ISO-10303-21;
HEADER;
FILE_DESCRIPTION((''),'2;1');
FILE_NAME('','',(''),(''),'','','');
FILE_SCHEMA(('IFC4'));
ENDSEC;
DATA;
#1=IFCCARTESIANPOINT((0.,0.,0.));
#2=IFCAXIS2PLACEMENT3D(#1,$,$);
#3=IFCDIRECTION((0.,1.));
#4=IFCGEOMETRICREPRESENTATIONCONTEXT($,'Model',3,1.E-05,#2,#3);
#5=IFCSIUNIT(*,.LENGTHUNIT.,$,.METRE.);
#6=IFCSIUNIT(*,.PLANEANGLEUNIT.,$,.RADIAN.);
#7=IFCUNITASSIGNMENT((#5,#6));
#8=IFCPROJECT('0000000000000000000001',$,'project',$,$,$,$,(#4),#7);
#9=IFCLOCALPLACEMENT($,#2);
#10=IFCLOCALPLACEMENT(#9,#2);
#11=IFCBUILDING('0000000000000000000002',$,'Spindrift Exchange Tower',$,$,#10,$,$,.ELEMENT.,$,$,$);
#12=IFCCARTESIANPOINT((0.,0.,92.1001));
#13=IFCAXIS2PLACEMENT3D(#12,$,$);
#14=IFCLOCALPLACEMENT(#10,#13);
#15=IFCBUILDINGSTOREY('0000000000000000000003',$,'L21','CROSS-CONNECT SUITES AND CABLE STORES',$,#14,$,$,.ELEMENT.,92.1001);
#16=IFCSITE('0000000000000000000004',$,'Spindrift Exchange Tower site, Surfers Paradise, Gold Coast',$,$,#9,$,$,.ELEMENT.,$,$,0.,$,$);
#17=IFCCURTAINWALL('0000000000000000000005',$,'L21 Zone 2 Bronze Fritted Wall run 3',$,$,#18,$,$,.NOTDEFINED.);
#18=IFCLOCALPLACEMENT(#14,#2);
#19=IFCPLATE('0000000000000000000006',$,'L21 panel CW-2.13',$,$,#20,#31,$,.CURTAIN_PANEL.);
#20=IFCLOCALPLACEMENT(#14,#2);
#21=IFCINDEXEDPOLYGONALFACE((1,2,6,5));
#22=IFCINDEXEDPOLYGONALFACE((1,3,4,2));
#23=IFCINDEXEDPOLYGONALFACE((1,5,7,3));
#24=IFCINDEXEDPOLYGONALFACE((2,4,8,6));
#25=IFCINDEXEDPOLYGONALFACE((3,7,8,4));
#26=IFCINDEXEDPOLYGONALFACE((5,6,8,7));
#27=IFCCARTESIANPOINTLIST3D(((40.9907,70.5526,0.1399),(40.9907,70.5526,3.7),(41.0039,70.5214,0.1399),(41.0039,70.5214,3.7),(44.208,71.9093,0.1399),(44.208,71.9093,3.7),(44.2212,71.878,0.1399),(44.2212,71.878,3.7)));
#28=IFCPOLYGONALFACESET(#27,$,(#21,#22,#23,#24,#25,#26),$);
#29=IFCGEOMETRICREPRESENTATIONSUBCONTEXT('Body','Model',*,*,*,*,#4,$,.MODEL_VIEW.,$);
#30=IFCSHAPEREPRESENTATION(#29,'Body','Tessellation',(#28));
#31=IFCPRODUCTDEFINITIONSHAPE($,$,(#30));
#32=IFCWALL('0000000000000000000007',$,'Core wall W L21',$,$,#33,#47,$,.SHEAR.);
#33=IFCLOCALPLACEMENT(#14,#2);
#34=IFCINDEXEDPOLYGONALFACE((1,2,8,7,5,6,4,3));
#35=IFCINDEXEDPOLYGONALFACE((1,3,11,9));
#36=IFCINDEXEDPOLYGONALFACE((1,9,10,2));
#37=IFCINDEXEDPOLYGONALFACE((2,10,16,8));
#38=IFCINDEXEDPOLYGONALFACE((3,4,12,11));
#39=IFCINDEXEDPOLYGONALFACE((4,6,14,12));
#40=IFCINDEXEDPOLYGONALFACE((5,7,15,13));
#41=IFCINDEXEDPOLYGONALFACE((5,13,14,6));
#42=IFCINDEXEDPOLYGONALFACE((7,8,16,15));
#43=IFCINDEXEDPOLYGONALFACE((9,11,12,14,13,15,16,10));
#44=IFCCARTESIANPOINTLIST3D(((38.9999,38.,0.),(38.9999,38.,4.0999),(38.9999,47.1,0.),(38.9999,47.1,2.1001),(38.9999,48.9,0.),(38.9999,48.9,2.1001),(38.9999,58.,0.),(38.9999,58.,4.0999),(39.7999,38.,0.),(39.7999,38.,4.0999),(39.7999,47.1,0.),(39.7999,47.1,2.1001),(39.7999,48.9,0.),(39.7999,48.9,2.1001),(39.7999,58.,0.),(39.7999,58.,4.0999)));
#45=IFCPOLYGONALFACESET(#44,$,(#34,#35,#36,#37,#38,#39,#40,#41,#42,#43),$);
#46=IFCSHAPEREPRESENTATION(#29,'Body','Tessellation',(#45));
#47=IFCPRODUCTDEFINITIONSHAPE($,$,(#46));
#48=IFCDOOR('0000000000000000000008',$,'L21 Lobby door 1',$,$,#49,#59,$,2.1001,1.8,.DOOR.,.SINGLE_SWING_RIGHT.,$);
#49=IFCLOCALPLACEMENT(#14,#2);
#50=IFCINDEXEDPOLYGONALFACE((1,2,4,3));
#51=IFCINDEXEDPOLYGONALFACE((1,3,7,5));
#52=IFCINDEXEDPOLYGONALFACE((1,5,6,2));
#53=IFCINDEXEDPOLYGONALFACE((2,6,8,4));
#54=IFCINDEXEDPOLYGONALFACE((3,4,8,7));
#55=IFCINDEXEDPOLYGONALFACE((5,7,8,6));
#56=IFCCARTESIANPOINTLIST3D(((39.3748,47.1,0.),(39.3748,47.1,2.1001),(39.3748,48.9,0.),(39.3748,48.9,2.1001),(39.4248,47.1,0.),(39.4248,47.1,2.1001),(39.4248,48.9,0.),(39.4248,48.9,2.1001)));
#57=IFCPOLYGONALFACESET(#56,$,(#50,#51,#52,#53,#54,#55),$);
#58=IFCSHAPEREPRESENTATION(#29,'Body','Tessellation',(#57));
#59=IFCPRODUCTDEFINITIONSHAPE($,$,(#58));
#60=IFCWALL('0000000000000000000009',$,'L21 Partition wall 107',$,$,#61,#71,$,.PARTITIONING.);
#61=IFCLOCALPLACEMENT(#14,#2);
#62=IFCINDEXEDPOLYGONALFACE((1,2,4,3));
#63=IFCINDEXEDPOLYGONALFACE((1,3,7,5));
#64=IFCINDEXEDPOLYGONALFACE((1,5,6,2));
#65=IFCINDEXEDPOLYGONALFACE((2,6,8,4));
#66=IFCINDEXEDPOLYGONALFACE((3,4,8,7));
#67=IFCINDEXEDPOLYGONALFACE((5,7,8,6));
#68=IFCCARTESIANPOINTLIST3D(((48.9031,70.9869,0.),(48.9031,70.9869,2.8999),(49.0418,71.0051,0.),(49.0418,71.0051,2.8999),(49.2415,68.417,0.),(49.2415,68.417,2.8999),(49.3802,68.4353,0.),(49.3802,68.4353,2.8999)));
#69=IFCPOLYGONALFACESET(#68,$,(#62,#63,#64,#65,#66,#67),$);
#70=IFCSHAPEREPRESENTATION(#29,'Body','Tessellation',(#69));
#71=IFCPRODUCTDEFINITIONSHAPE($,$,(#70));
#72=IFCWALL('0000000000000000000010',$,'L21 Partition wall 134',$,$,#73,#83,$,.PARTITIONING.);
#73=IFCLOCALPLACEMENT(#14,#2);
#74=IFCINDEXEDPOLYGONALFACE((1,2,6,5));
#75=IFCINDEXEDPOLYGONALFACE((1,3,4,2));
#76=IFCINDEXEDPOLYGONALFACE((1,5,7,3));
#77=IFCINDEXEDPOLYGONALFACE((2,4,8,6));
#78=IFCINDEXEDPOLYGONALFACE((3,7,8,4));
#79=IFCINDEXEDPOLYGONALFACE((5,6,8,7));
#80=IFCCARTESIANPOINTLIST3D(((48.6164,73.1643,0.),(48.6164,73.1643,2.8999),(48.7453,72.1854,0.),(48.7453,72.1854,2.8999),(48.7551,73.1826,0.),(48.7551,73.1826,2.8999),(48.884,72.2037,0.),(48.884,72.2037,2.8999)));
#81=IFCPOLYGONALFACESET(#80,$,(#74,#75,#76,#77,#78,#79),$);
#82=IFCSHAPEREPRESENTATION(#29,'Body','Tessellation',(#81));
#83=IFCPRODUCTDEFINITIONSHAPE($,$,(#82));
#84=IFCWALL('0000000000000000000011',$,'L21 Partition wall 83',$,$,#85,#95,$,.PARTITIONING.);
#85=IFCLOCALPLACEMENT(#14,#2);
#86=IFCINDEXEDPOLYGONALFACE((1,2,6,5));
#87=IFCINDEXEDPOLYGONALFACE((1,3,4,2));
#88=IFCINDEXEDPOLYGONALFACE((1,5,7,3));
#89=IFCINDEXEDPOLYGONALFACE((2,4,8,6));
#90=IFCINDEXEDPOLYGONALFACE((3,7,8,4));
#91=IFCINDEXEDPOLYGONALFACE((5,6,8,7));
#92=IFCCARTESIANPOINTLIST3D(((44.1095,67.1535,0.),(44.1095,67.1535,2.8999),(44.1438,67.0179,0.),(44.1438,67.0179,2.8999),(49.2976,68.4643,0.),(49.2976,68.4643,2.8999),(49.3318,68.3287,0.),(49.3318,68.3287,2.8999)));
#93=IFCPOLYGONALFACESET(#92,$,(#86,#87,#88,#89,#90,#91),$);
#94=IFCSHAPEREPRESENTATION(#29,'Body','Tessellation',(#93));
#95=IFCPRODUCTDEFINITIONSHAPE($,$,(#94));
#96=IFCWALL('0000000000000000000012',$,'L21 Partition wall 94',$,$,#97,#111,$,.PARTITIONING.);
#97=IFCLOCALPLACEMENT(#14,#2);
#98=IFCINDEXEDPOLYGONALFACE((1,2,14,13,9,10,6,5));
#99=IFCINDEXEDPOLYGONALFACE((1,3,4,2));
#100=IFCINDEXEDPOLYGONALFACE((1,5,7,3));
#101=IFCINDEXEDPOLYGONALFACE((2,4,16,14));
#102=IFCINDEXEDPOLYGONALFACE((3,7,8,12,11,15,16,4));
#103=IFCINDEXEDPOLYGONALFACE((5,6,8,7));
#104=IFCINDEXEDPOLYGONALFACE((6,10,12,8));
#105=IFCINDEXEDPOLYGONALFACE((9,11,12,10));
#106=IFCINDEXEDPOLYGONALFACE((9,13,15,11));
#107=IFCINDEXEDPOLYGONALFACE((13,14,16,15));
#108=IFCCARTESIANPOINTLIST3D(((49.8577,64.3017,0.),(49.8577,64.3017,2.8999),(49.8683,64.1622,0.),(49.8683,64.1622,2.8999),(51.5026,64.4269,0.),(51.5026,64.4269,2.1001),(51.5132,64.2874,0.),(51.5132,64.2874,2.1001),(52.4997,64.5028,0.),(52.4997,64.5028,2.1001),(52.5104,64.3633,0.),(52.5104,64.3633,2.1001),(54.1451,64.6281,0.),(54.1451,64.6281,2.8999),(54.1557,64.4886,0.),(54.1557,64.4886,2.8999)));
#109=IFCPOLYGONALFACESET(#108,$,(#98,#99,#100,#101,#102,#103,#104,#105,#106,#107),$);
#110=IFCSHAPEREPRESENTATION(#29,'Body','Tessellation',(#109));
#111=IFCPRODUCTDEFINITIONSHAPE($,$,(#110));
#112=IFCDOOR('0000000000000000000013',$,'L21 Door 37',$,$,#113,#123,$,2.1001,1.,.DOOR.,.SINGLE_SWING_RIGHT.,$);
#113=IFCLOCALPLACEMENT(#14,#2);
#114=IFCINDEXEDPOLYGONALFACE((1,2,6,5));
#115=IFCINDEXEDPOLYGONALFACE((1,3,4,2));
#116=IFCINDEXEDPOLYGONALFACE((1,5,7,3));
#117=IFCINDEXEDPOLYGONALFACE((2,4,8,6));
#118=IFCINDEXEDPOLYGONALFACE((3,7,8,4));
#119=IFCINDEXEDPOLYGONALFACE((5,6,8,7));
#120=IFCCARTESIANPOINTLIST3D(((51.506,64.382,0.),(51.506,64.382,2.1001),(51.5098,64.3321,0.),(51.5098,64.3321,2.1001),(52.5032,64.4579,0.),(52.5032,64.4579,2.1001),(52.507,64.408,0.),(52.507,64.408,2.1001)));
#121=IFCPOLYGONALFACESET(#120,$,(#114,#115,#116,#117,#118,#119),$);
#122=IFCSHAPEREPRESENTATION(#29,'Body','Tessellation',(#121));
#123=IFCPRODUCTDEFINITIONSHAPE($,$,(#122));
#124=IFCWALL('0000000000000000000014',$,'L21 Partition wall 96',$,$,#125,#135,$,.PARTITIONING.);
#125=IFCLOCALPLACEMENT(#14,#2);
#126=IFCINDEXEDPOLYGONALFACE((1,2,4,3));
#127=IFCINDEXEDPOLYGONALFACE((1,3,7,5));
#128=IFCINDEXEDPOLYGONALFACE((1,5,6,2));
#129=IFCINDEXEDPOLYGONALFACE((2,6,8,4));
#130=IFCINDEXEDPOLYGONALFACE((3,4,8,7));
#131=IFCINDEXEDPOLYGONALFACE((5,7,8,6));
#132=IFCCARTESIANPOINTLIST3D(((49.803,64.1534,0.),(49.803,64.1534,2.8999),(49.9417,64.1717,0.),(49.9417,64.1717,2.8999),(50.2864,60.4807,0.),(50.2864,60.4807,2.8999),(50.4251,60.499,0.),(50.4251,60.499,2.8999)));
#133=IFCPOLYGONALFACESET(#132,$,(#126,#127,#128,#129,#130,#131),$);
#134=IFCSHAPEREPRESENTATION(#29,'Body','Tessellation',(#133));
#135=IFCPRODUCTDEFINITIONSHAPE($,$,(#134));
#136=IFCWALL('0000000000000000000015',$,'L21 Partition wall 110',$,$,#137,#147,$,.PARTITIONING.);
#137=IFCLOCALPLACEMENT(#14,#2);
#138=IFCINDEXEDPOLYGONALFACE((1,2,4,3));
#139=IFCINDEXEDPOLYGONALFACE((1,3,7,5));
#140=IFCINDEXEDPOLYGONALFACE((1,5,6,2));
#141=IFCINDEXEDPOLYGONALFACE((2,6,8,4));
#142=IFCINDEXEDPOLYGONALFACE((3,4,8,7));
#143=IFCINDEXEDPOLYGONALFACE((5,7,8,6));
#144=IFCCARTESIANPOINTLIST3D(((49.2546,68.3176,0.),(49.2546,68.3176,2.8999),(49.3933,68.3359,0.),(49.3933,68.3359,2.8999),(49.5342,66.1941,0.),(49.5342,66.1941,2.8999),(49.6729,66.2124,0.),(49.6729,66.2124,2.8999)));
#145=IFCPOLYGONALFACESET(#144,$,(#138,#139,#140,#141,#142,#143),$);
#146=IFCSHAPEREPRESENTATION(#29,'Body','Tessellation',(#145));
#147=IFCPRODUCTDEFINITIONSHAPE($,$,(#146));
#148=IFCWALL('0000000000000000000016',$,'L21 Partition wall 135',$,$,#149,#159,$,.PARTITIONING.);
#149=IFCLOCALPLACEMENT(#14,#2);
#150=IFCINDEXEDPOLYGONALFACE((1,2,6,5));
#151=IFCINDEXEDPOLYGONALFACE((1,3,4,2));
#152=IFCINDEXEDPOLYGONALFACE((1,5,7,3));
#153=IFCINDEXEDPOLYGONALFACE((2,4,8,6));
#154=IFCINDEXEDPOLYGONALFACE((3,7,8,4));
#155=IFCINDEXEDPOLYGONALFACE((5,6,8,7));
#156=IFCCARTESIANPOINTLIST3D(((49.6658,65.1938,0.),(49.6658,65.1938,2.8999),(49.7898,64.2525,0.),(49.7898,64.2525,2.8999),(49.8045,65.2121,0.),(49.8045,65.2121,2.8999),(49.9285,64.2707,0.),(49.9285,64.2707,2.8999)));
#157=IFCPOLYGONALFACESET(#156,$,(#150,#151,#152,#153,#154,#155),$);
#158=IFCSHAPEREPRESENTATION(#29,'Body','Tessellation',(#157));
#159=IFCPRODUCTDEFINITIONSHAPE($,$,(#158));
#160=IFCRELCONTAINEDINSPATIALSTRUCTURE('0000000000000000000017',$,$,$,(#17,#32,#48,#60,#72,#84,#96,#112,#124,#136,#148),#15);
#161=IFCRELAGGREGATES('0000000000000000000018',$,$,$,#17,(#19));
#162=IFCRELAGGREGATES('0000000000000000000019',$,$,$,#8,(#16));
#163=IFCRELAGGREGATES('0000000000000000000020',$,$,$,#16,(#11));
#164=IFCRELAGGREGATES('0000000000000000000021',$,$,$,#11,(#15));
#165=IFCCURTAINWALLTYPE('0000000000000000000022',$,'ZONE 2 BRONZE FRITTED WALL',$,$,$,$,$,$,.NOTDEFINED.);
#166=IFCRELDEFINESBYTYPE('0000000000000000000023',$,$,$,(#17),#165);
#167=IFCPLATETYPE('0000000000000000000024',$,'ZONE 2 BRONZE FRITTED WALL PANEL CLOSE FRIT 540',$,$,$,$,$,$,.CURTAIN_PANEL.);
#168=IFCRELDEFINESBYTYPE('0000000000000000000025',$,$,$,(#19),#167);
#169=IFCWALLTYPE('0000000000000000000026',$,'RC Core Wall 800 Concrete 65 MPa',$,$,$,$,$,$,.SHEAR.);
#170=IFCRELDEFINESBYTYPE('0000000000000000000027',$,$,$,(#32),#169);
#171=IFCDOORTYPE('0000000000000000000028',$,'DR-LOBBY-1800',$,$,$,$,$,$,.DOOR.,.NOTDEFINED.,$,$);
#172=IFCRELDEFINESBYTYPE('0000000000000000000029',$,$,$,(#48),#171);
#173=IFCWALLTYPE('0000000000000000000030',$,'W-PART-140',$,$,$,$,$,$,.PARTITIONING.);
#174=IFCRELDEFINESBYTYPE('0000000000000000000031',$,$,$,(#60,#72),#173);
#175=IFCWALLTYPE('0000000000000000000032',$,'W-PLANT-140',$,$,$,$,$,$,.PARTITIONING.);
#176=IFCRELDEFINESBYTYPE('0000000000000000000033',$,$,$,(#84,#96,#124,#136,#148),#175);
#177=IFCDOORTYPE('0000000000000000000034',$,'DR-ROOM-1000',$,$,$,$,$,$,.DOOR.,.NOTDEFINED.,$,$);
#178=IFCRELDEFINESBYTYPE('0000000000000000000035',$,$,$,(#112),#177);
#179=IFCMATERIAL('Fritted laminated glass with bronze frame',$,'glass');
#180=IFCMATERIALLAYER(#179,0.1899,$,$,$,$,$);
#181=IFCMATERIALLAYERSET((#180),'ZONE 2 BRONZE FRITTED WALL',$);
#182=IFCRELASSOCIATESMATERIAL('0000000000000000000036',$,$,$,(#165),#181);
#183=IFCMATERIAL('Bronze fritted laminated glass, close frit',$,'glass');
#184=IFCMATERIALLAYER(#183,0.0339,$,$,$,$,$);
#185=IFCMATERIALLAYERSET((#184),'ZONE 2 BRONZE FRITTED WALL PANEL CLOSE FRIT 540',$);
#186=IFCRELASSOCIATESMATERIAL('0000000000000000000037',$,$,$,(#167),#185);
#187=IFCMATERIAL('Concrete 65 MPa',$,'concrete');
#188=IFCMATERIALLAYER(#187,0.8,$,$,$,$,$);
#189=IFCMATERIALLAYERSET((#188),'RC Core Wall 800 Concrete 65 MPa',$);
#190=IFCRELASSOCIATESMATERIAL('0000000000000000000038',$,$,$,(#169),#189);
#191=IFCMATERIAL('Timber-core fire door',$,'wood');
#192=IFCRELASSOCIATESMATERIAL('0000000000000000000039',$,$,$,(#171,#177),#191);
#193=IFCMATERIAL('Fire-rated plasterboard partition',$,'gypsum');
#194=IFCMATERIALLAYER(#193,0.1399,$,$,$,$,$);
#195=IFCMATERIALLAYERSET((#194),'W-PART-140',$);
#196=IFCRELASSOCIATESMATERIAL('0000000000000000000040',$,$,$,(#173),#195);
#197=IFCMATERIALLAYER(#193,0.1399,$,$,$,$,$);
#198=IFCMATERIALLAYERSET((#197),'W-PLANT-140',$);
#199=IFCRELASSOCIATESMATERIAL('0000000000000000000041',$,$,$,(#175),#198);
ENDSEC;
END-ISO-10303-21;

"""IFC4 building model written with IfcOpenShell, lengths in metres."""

from ifc_helpers import new_model, si_unit, direction, frame, frame_2d, origin, origin_2d, place, context, subcontext, project, spatial, rectangle, extrude, source, transform, mapped, material, layer, layer_set, type_object, element, fill, aggregate, save


model = new_model("IFC4")

# Units and contexts
model_context = context("Model", 3, precision=1e-05, world=origin(), true_north=direction((0.0, 1.0)))
body_context = subcontext(model_context, "Body", "Model", "MODEL_VIEW")
ifc_project = project(units=[si_unit("LENGTHUNIT", "METRE"), si_unit("PLANEANGLEUNIT", "RADIAN")], contexts=[model_context])

# Site, building, storey
site_placement = place(None, origin())
site = spatial("IfcSite", under=ifc_project, at=site_placement, Name="Spindrift Exchange Tower site, Surfers Paradise, Gold Coast", CompositionType="ELEMENT", RefElevation=0.0)
building_placement = place(site_placement, origin())
building = spatial("IfcBuilding", under=site, at=building_placement, Name="Spindrift Exchange Tower", CompositionType="ELEMENT")
storey_placement = place(building_placement, frame((0.0, 0.0, 92.1001)))
storey = spatial("IfcBuildingStorey", under=building, at=storey_placement, Name="L21", Description="CROSS-CONNECT SUITES AND CABLE STORES", CompositionType="ELEMENT", Elevation=92.1001)

# Shared definitions
ifc_material_1 = material(Name="Concrete 65 MPa", Category="concrete")

# Shared definitions
ifc_material_2 = material(Name="Fritted laminated glass with bronze frame", Category="glass")
ifc_layer_1 = layer(ifc_material_2, 0.1899)
ifc_layer_set_1 = layer_set([ifc_layer_1], Name="ZONE 2 BRONZE FRITTED WALL")
curtain_wall_type = type_object("IfcCurtainWallType", Name="ZONE 2 BRONZE FRITTED WALL", PredefinedType="NOTDEFINED", material=ifc_layer_set_1)

# Curtain wall
curtain_wall_1_placement = place(storey_placement, origin())
curtain_wall_1 = element("IfcCurtainWall", 1, at=curtain_wall_1_placement, inside=storey, type_object=curtain_wall_type, Name="L21 Zone 2 Bronze Fritted Wall run 3", PredefinedType="NOTDEFINED")

# Plate
ifc_material_3 = material(Name="Bronze fritted laminated glass, close frit", Category="glass")
ifc_layer_2 = layer(ifc_material_3, 0.0339)
ifc_layer_set_2 = layer_set([ifc_layer_2], Name="ZONE 2 BRONZE FRITTED WALL PANEL CLOSE FRIT 540")
plate_type_1 = type_object("IfcPlateType", Name="ZONE 2 BRONZE FRITTED WALL PANEL CLOSE FRIT 540", PredefinedType="CURTAIN_PANEL", material=ifc_layer_set_2)
shared_shape_1 = source(origin(), body_context, "Body", "SweptSolid", [
    extrude(rectangle(XDim=3.4917, YDim=0.0339, at=origin_2d()), origin(), (0.0, 0.0, 1.0), 3.5601),
])
plate_1_placement = place(storey_placement, frame((42.606, 71.2153, 0.1399), z_axis=(0.0, 0.0, 1.0), x_axis=(-0.921434, -0.388535, 0.0)))
plate_1 = element("IfcPlate", 2, at=plate_1_placement, type_object=plate_type_1, Name="L21 panel CW-2.13", PredefinedType="CURTAIN_PANEL", context=body_context, shape_type="MappedRepresentation", body=[
    mapped(shared_shape_1, transform((0.0, 0.0, 0.0), scale=1.0)),
])
aggregate(curtain_wall_1, [plate_1])

# Wall, opening, door
ifc_layer_3 = layer(ifc_material_1, 0.8)
ifc_layer_set_3 = layer_set([ifc_layer_3], Name="RC Core Wall 800 Concrete 65 MPa")
wall_type_1 = type_object("IfcWallType", Name="RC Core Wall 800 Concrete 65 MPa", PredefinedType="SHEAR", material=ifc_layer_set_3)
wall_1_placement = place(storey_placement, frame((39.3999, 58.0, 0.0), z_axis=(0.0, 0.0, 1.0), x_axis=(0.0, -1.0, 0.0)))
wall_1 = element("IfcWall", 3, at=wall_1_placement, inside=storey, type_object=wall_type_1, Name="Core wall W L21", PredefinedType="SHEAR", context=body_context, shape_type="SweptSolid", body=[
    extrude(rectangle(XDim=20.0, YDim=0.8, at=frame_2d((10.0, 0.0))), origin(), (0.0, 0.0, 1.0), 4.0999),
])
opening_1_placement = place(wall_1_placement, frame((9.1001, 0.0, 0.0)))
opening_1 = element("IfcOpeningElement", 4, at=opening_1_placement, cuts=wall_1, PredefinedType="OPENING", context=body_context, shape_type="SweptSolid", body=[
    extrude(rectangle(XDim=1.8, YDim=2.1001, at=frame_2d((0.8999, 1.05))), frame((0.0, 0.4099, 0.0), z_axis=(0.0, -1.0, 0.0), x_axis=(1.0, 0.0, 0.0)), (0.0, 0.0, 1.0), 0.8201),
])
ifc_material_4 = material(Name="Timber-core fire door", Category="wood")
door_type_1 = type_object("IfcDoorType", Name="DR-LOBBY-1800", OperationType="NOTDEFINED", PredefinedType="DOOR", material=ifc_material_4)
shared_shape_2 = source(origin(), body_context, "Body", "SweptSolid", [
    extrude(rectangle(XDim=1.8, YDim=2.1001, at=frame_2d((0.8999, 1.05))), frame((0.0, 0.0249, 0.0), z_axis=(0.0, -1.0, 0.0), x_axis=(1.0, 0.0, 0.0)), (0.0, 0.0, 1.0), 0.05),
])
door_1_placement = place(opening_1_placement, origin())
door_1 = element("IfcDoor", 5, at=door_1_placement, inside=storey, type_object=door_type_1, Name="L21 Lobby door 1", OperationType="SINGLE_SWING_RIGHT", OverallHeight=2.1001, OverallWidth=1.8, PredefinedType="DOOR", context=body_context, shape_type="MappedRepresentation", body=[
    mapped(shared_shape_2, transform((0.0, 0.0, 0.0), scale=1.0)),
])
fill(opening_1, door_1)

# Walls
ifc_material_5 = material(Name="Fire-rated plasterboard partition", Category="gypsum")
ifc_layer_4 = layer(ifc_material_5, 0.1399)
ifc_layer_set_4 = layer_set([ifc_layer_4], Name="W-PART-140")
wall_type_2 = type_object("IfcWallType", Name="W-PART-140", PredefinedType="PARTITIONING", material=ifc_layer_set_4)
wall_2_placement = place(storey_placement, frame((49.3108, 68.4263, 0.0), z_axis=(0.0, 0.0, 1.0), x_axis=(-0.130547, 0.991442, 0.0)))
element("IfcWall", 6, at=wall_2_placement, inside=storey, type_object=wall_type_2, Name="L21 Partition wall 107", PredefinedType="PARTITIONING", context=body_context, shape_type="SweptSolid", body=[
    extrude(rectangle(XDim=2.592, YDim=0.1399, at=frame_2d((1.2959, 0.0))), origin(), (0.0, 0.0, 1.0), 2.8999),
])
wall_3_placement = place(storey_placement, frame((48.8147, 72.1946, 0.0), z_axis=(0.0, 0.0, 1.0), x_axis=(-0.130576, 0.991438, 0.0)))
element("IfcWall", 7, at=wall_3_placement, inside=storey, type_object=wall_type_2, Name="L21 Partition wall 134", PredefinedType="PARTITIONING", context=body_context, shape_type="SweptSolid", body=[
    extrude(rectangle(XDim=0.9873, YDim=0.1399, at=frame_2d((0.4937, 0.0))), origin(), (0.0, 0.0, 1.0), 2.8999),
])
ifc_layer_5 = layer(ifc_material_5, 0.1399)
ifc_layer_set_5 = layer_set([ifc_layer_5], Name="W-PLANT-140")
wall_type_3 = type_object("IfcWallType", Name="W-PLANT-140", PredefinedType="PARTITIONING", material=ifc_layer_set_5)
wall_4_placement = place(storey_placement, frame((49.3147, 68.3965, 0.0), z_axis=(0.0, 0.0, 1.0), x_axis=(-0.969533, -0.244961, 0.0)))
element("IfcWall", 8, at=wall_4_placement, inside=storey, type_object=wall_type_3, Name="L21 Partition wall 83", PredefinedType="PARTITIONING", context=body_context, shape_type="SweptSolid", body=[
    extrude(rectangle(XDim=5.3511, YDim=0.1399, at=frame_2d((2.6755, 0.0))), origin(), (0.0, 0.0, 1.0), 2.8999),
])

# Wall, opening, door
wall_5_placement = place(storey_placement, frame((49.863, 64.2319, 0.0), z_axis=(0.0, 0.0, 1.0), x_axis=(0.997114, 0.075915, 0.0)))
wall_5 = element("IfcWall", 9, at=wall_5_placement, inside=storey, type_object=wall_type_3, Name="L21 Partition wall 94", PredefinedType="PARTITIONING", context=body_context, shape_type="SweptSolid", body=[
    extrude(rectangle(XDim=4.2998, YDim=0.1399, at=frame_2d((2.1499, 0.0))), origin(), (0.0, 0.0, 1.0), 2.8999),
])
opening_2_placement = place(wall_5_placement, frame((1.6497, 0.0, 0.0)))
opening_2 = element("IfcOpeningElement", 10, at=opening_2_placement, cuts=wall_5, PredefinedType="OPENING", context=body_context, shape_type="SweptSolid", body=[
    extrude(rectangle(XDim=1.0, YDim=2.1001, at=frame_2d((0.5, 1.05))), frame((0.0, 0.0798, 0.0), z_axis=(0.0, -1.0, 0.0), x_axis=(1.0, 0.0, 0.0)), (0.0, 0.0, 1.0), 0.1599),
])
door_type_2 = type_object("IfcDoorType", Name="DR-ROOM-1000", OperationType="NOTDEFINED", PredefinedType="DOOR", material=ifc_material_4)
shared_shape_3 = source(origin(), body_context, "Body", "SweptSolid", [
    extrude(rectangle(XDim=1.0, YDim=2.1001, at=frame_2d((0.5, 1.05))), frame((0.0, 0.0249, 0.0), z_axis=(0.0, -1.0, 0.0), x_axis=(1.0, 0.0, 0.0)), (0.0, 0.0, 1.0), 0.05),
])
door_2_placement = place(opening_2_placement, origin())
door_2 = element("IfcDoor", 11, at=door_2_placement, inside=storey, type_object=door_type_2, Name="L21 Door 37", OperationType="SINGLE_SWING_RIGHT", OverallHeight=2.1001, OverallWidth=1.0, PredefinedType="DOOR", context=body_context, shape_type="MappedRepresentation", body=[
    mapped(shared_shape_3, transform((0.0, 0.0, 0.0), scale=1.0)),
])
fill(opening_2, door_2)

# Walls
wall_6_placement = place(storey_placement, frame((50.3557, 60.49, 0.0), z_axis=(0.0, 0.0, 1.0), x_axis=(-0.130497, 0.991449, 0.0)))
element("IfcWall", 12, at=wall_6_placement, inside=storey, type_object=wall_type_3, Name="L21 Partition wall 96", PredefinedType="PARTITIONING", context=body_context, shape_type="SweptSolid", body=[
    extrude(rectangle(XDim=3.7043, YDim=0.1399, at=frame_2d((1.8521, 0.0))), origin(), (0.0, 0.0, 1.0), 2.8999),
])
wall_7_placement = place(storey_placement, frame((49.6035, 66.2034, 0.0), z_axis=(0.0, 0.0, 1.0), x_axis=(-0.130513, 0.991447, 0.0)))
element("IfcWall", 13, at=wall_7_placement, inside=storey, type_object=wall_type_3, Name="L21 Partition wall 110", PredefinedType="PARTITIONING", context=body_context, shape_type="SweptSolid", body=[
    extrude(rectangle(XDim=2.1418, YDim=0.1399, at=frame_2d((1.0708, 0.0))), origin(), (0.0, 0.0, 1.0), 2.8999),
])
wall_8_placement = place(storey_placement, frame((49.8591, 64.2617, 0.0), z_axis=(0.0, 0.0, 1.0), x_axis=(-0.130614, 0.991433, 0.0)))
element("IfcWall", 14, at=wall_8_placement, inside=storey, type_object=wall_type_3, Name="L21 Partition wall 135", PredefinedType="PARTITIONING", context=body_context, shape_type="SweptSolid", body=[
    extrude(rectangle(XDim=0.9495, YDim=0.1399, at=frame_2d((0.4746, 0.0))), origin(), (0.0, 0.0, 1.0), 2.8999),
])

save(model, "model.ifc")
